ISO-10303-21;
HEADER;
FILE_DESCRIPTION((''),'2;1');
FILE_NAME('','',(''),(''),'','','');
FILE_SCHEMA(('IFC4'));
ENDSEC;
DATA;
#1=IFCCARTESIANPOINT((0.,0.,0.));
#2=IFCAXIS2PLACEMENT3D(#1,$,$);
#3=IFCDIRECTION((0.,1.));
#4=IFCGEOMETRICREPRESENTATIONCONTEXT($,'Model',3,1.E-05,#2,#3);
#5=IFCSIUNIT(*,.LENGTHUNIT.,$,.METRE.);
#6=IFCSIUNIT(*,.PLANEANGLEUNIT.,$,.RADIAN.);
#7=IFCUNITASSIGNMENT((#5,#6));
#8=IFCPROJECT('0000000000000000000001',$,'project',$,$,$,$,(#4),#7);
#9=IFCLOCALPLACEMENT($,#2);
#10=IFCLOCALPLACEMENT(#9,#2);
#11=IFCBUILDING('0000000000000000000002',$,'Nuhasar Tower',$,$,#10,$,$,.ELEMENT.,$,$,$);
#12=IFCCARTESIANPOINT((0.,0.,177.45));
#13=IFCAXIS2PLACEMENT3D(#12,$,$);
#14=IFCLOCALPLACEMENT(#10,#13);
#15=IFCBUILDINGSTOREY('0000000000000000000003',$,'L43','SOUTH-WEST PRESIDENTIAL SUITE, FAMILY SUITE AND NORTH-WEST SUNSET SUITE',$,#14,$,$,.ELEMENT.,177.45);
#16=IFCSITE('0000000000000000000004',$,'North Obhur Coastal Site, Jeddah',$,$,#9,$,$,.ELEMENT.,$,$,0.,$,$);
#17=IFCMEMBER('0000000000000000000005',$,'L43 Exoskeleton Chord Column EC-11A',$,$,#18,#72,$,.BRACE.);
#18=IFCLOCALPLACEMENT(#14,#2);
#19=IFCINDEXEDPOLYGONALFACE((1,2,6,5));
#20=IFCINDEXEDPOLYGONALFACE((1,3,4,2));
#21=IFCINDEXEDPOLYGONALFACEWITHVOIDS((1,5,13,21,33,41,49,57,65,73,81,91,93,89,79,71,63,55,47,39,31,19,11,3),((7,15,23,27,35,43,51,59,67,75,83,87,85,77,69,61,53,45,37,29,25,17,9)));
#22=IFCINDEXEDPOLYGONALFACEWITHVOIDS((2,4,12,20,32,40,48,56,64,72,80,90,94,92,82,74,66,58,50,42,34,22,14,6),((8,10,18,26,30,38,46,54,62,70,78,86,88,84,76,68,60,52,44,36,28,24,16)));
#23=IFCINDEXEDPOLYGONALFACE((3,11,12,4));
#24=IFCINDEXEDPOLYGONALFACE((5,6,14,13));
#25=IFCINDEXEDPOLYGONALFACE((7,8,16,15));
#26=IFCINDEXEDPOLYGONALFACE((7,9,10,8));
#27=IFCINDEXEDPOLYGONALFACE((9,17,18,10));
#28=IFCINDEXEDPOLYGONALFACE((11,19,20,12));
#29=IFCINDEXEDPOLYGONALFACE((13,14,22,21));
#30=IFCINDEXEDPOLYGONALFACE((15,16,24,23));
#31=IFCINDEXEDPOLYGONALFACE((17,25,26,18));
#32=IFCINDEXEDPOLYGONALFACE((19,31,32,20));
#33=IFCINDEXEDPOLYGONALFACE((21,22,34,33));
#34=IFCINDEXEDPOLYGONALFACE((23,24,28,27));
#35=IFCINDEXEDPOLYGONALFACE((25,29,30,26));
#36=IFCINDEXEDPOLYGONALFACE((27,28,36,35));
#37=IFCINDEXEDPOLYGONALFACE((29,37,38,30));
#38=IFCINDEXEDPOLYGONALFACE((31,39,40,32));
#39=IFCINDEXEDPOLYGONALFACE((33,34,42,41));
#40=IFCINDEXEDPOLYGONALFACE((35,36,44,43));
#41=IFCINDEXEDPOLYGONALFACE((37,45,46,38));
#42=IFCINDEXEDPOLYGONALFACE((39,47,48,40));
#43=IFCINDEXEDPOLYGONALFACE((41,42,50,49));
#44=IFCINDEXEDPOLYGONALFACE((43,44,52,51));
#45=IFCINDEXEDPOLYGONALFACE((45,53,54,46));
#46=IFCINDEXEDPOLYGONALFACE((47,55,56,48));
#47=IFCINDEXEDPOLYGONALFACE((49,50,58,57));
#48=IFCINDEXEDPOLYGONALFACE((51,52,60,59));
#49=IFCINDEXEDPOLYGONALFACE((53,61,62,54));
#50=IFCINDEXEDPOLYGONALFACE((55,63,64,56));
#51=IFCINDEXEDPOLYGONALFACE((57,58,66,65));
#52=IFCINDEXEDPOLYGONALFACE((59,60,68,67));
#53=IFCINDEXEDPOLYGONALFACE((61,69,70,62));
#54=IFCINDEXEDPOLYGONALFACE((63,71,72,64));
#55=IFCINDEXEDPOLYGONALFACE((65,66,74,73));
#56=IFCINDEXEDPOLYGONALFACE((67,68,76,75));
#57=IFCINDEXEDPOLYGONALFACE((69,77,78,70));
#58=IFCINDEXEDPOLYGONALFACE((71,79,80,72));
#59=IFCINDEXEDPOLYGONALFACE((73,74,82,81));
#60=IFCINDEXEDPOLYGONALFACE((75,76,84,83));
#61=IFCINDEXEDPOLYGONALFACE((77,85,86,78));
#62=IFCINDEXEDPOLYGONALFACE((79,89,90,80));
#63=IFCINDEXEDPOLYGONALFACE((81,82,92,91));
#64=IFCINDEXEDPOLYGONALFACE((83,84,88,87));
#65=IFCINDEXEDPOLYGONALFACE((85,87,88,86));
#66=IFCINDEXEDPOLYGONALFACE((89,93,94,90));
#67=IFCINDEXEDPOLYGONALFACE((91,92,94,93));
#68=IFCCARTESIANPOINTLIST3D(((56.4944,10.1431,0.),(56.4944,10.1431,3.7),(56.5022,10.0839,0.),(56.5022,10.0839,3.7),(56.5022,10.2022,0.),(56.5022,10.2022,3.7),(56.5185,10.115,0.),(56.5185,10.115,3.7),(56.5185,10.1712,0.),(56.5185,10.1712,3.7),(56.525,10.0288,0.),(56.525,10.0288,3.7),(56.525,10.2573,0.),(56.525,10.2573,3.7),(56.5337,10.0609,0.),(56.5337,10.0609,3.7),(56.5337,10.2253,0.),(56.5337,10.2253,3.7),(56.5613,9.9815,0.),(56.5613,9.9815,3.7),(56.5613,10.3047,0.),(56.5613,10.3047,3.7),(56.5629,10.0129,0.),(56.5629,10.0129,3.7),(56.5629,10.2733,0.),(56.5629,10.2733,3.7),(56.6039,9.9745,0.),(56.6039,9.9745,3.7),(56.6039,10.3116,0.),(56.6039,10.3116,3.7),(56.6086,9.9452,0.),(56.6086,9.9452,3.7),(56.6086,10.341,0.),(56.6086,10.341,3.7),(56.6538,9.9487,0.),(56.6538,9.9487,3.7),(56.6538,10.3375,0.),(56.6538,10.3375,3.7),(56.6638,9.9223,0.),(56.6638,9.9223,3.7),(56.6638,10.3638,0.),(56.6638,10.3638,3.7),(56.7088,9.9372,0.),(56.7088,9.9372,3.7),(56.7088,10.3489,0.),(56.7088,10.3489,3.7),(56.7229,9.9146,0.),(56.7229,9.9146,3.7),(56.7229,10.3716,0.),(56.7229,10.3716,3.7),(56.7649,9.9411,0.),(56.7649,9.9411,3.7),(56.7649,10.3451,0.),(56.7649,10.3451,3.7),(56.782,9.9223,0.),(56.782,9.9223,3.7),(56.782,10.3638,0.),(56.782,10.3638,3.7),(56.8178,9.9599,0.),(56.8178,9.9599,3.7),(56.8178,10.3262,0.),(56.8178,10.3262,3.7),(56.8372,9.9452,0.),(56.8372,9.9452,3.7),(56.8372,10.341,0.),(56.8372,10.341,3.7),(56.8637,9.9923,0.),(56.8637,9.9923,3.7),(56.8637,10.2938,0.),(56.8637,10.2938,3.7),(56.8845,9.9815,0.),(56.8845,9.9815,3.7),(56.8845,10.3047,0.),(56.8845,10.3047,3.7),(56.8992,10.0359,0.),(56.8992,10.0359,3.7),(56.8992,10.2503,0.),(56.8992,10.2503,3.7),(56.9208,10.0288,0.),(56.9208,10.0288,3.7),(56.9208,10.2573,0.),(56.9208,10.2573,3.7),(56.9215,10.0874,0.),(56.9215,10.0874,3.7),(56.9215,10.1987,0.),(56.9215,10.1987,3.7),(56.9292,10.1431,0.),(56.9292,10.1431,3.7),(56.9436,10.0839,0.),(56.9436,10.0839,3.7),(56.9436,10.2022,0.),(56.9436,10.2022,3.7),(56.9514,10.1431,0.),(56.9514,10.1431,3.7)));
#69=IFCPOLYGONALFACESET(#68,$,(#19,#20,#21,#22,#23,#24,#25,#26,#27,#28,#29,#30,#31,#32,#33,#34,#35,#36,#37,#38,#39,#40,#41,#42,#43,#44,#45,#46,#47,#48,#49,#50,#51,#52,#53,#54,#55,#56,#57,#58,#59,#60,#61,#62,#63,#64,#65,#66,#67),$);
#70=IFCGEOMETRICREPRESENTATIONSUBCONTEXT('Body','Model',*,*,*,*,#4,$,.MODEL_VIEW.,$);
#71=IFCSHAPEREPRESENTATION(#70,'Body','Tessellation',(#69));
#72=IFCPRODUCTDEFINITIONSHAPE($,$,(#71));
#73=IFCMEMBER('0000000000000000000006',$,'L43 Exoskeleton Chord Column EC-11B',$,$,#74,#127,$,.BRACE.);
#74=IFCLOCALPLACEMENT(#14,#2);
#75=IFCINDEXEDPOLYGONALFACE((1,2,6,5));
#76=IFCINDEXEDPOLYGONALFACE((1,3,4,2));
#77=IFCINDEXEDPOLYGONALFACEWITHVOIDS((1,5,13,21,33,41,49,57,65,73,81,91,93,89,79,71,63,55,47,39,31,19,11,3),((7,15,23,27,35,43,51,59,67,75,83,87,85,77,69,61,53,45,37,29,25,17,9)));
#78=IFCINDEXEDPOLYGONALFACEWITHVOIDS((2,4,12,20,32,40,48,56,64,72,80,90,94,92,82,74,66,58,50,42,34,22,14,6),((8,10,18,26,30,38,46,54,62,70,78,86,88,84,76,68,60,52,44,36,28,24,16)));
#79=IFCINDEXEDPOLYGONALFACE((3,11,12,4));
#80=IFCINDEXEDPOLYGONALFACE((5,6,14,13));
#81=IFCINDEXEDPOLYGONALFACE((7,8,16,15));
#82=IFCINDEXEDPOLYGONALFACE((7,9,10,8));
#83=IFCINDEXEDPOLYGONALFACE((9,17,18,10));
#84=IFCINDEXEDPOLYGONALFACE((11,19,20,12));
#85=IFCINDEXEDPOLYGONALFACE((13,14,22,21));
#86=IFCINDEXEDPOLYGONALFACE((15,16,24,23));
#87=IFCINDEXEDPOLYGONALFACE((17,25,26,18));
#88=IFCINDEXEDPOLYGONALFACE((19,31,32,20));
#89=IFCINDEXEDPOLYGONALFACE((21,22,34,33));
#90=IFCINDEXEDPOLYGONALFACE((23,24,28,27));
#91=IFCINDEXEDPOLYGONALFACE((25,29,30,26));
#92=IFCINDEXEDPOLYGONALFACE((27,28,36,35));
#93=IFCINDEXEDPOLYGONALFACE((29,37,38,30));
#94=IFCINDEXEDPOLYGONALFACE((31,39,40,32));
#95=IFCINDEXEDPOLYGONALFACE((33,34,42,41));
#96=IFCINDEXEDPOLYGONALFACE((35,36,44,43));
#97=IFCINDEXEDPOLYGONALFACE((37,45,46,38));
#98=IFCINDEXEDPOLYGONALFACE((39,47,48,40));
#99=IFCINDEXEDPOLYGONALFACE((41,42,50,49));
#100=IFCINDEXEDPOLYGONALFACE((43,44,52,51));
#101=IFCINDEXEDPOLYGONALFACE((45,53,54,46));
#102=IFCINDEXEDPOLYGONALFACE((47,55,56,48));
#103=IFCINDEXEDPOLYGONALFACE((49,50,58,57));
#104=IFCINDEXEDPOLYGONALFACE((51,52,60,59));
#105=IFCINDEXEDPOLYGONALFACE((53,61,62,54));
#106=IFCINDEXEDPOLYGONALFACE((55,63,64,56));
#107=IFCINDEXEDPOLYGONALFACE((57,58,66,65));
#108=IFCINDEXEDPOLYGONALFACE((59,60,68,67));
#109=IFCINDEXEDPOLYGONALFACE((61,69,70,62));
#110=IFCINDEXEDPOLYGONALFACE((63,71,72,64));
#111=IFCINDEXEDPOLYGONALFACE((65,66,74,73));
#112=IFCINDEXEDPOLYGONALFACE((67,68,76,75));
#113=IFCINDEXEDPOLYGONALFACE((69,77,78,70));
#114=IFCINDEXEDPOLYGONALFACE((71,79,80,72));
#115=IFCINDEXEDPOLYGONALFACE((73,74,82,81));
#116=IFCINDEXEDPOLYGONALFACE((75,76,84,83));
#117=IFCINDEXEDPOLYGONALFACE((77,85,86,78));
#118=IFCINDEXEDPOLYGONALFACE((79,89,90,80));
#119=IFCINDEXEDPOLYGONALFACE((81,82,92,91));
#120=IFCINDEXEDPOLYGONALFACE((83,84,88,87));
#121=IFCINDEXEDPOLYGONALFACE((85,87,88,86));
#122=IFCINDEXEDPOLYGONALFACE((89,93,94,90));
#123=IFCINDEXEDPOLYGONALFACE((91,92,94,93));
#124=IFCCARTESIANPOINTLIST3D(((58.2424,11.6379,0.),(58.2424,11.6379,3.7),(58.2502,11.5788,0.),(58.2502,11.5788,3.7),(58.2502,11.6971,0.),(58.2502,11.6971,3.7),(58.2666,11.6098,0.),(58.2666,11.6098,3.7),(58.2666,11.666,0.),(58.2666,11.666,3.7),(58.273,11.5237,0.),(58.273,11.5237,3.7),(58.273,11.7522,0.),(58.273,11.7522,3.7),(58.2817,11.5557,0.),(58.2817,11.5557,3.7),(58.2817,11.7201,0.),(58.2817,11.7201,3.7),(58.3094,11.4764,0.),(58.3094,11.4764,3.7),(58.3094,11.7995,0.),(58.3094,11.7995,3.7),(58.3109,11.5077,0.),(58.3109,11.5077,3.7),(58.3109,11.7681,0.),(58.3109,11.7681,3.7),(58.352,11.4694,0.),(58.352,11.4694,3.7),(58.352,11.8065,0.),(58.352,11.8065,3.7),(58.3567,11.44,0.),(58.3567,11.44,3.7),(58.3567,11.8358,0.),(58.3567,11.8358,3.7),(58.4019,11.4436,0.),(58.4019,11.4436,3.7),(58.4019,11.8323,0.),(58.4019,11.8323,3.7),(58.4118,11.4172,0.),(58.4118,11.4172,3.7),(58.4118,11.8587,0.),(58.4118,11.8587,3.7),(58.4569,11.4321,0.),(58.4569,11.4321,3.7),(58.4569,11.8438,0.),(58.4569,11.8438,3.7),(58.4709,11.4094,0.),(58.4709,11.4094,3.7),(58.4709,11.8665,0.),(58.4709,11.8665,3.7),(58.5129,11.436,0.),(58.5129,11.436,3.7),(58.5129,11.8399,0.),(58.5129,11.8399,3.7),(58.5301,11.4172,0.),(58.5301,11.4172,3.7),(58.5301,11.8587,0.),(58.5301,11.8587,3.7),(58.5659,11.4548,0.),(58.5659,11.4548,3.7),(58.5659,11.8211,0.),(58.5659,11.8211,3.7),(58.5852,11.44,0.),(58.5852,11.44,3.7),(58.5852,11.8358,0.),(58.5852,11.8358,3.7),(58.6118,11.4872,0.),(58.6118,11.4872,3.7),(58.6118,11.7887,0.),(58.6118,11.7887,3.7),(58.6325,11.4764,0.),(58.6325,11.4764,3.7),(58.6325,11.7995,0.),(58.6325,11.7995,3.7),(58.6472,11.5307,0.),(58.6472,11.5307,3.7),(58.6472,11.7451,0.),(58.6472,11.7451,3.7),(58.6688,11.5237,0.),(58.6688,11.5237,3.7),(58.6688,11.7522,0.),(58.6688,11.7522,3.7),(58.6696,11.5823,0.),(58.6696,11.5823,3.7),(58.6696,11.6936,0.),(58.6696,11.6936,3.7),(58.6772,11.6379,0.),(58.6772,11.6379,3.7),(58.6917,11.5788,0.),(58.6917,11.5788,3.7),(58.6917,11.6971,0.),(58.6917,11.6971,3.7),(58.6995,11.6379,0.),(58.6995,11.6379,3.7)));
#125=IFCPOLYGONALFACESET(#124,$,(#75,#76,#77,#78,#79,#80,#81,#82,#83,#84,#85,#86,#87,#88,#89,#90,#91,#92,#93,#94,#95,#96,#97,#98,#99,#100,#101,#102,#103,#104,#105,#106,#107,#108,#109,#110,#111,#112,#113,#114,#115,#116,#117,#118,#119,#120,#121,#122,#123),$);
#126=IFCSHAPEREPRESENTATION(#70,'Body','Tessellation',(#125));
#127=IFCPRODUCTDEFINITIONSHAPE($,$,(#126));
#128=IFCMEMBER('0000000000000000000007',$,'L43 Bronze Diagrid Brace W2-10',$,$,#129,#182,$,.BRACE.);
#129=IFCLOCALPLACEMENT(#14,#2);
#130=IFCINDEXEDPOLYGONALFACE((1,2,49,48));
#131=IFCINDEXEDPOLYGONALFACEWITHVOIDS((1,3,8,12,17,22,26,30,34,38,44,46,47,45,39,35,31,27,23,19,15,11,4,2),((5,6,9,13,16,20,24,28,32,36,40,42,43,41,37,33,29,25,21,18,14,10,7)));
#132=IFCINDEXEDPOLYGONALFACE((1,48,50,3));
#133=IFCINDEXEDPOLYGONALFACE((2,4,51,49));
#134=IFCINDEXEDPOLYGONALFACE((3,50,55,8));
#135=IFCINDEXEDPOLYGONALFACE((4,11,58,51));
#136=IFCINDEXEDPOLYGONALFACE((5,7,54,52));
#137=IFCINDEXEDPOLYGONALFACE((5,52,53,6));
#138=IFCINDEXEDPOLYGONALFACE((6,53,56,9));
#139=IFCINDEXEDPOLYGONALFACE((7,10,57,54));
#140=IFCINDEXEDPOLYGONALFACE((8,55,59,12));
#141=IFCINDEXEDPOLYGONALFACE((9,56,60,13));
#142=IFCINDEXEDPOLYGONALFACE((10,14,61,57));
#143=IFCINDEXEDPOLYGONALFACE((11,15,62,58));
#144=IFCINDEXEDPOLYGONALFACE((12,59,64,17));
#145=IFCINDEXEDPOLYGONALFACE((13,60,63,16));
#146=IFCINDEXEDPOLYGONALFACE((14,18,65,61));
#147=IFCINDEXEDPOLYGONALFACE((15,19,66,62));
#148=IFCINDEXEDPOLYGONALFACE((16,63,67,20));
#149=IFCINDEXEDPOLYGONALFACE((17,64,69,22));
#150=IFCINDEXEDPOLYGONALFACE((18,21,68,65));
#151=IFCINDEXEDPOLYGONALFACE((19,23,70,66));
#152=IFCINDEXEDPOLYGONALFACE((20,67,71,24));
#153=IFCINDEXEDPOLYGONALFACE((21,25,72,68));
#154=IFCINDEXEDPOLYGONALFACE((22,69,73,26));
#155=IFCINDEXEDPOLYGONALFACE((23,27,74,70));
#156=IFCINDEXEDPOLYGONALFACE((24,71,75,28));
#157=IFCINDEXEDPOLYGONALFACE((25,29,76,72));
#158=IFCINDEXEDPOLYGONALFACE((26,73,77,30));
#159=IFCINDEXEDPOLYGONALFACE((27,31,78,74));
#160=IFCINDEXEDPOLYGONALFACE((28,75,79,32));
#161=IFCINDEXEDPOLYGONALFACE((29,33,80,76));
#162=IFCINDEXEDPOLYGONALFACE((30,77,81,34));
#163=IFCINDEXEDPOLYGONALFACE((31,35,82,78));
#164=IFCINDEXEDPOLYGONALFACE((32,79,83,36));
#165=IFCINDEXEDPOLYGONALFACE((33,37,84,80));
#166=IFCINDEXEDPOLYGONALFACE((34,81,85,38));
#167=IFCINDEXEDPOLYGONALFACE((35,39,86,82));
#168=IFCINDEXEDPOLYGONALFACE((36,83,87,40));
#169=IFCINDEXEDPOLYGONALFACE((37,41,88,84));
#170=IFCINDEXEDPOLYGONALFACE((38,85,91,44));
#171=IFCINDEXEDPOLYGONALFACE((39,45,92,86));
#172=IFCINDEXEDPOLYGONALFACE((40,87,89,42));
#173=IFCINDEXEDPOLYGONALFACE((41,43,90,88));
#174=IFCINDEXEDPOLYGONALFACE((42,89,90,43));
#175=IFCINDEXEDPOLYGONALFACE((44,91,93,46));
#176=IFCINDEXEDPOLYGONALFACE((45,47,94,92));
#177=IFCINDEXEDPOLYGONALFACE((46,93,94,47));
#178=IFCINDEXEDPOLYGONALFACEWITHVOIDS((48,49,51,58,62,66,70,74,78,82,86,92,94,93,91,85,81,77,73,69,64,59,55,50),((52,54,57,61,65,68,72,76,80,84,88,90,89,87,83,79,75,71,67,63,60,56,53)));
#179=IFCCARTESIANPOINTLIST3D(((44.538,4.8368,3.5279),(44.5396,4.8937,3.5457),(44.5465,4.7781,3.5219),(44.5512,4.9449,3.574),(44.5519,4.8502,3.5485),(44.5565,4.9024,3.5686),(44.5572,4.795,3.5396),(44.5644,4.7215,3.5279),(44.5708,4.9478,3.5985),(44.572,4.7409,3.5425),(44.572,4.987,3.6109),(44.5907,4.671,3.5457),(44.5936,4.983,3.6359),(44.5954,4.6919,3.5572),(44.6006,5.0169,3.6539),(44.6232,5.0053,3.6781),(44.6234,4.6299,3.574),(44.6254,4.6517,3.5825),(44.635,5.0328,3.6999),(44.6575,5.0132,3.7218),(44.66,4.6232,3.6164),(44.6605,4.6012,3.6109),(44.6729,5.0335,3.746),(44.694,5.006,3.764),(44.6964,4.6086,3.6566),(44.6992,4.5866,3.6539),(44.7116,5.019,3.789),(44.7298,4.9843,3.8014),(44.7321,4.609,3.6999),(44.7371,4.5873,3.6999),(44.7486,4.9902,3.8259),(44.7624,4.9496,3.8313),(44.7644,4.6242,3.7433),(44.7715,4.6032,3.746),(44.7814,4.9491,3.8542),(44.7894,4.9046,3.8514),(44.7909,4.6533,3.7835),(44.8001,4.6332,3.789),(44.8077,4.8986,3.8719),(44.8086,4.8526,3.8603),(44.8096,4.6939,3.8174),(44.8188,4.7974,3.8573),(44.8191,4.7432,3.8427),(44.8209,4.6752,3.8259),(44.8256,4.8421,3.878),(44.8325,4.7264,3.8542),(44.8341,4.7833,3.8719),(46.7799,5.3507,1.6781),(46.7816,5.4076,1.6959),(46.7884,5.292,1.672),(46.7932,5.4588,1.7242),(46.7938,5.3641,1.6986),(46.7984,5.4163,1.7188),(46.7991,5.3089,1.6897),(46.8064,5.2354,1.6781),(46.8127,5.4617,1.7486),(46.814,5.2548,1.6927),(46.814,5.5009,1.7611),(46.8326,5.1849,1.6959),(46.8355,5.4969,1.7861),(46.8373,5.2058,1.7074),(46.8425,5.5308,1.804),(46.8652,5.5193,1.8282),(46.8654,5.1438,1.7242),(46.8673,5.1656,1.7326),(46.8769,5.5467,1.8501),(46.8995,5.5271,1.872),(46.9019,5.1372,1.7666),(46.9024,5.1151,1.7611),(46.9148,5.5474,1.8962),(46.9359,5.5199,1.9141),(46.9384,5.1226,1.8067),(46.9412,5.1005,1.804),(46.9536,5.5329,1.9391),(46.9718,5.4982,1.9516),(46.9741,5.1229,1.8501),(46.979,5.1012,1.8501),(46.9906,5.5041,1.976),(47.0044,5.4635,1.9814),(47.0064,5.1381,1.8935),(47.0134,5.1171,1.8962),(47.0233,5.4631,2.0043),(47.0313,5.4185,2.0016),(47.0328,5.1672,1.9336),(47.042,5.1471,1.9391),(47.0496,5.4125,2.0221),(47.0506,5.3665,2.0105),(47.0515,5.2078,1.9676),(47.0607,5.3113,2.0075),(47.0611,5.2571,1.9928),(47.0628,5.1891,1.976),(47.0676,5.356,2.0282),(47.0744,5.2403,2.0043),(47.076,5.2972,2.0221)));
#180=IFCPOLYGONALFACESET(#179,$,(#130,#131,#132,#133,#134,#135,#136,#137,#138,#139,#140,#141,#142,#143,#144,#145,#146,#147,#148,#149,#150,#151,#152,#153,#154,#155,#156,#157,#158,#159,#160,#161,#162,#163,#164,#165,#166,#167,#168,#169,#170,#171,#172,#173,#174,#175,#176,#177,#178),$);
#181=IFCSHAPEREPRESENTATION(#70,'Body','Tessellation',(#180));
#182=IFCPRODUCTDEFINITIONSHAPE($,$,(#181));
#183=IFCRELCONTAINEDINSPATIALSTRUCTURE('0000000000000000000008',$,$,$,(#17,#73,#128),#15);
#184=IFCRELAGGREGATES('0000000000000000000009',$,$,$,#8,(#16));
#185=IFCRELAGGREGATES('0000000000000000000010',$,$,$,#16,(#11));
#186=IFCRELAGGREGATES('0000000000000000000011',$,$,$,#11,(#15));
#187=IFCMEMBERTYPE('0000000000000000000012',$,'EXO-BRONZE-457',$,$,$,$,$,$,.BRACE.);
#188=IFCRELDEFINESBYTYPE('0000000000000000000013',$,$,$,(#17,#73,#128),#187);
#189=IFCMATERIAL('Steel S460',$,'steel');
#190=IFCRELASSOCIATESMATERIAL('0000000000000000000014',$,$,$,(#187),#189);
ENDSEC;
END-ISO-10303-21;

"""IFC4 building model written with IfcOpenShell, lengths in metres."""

from ifc_helpers import new_model, si_unit, direction, frame, origin, origin_2d, place, context, subcontext, project, spatial, hollow_circle, extrude, material, material_profile, profile_set, type_object, element, save


model = new_model("IFC4")

# Units and contexts
model_context = context("Model", 3, precision=1e-05, world=origin(), true_north=direction((0.0, 1.0)))
body_context = subcontext(model_context, "Body", "Model", "MODEL_VIEW")
ifc_project = project(units=[si_unit("LENGTHUNIT", "METRE"), si_unit("PLANEANGLEUNIT", "RADIAN")], contexts=[model_context])

# Site, building, storey
site_placement = place(None, origin())
site = spatial("IfcSite", under=ifc_project, at=site_placement, Name="North Obhur Coastal Site, Jeddah", CompositionType="ELEMENT", RefElevation=0.0)
building_placement = place(site_placement, origin())
building = spatial("IfcBuilding", under=site, at=building_placement, Name="Nuhasar Tower", CompositionType="ELEMENT")
storey_placement = place(building_placement, frame((0.0, 0.0, 177.45)))
storey = spatial("IfcBuildingStorey", under=building, at=storey_placement, Name="L43", Description="SOUTH-WEST PRESIDENTIAL SUITE, FAMILY SUITE AND NORTH-WEST SUNSET SUITE", CompositionType="ELEMENT", Elevation=177.45)

# Members
ifc_material_1 = material(Name="Steel S460", Category="steel")
ifc_material_profile_1 = material_profile(ifc_material_1, hollow_circle(Radius=0.2285, WallThickness=0.0222, at=origin_2d()), Name="HSS457X22.2")
ifc_profile_set_1 = profile_set([ifc_material_profile_1], Name="Steel S460")
member_type_1 = type_object("IfcMemberType", Name="EXO-BRONZE-457", PredefinedType="BRACE", material=ifc_profile_set_1)
for number, where, z_axis, x_axis, name in (
    (1, (56.7229, 10.1431, 0.0), (0.0, 0.0, 1.0), (1.0, 0.0, 0.0), "L43 Exoskeleton Chord Column EC-11A"),
    (2, (58.4709, 11.6379, 0.0), (0.0, 0.0, 1.0), (1.0, 0.0, 0.0), "L43 Exoskeleton Chord Column EC-11B"),
):
    element("IfcMember", number, at=place(storey_placement, frame(where, z_axis=z_axis, x_axis=x_axis)), inside=storey, type_object=member_type_1, Name=name, PredefinedType="BRACE", context=body_context, shape_type="SweptSolid", body=[
        extrude(hollow_circle(Radius=0.2285, WallThickness=0.0222, at=origin_2d()), origin(), (0.0, 0.0, 1.0), 3.7),
    ])
member_1_placement = place(storey_placement, frame((46.928, 5.324, 1.8501), z_axis=(-0.75955, -0.17411, 0.626713), x_axis=(0.223433, -0.974719, 0.0)))
element("IfcMember", 3, at=member_1_placement, inside=storey, type_object=member_type_1, Name="L43 Bronze Diagrid Brace W2-10", PredefinedType="BRACE", context=body_context, shape_type="SweptSolid", body=[
    extrude(hollow_circle(Radius=0.2285, WallThickness=0.0222, at=origin_2d()), origin(), (0.0, 0.0, 1.0), 2.9517),
])

save(model, "model.ifc")
